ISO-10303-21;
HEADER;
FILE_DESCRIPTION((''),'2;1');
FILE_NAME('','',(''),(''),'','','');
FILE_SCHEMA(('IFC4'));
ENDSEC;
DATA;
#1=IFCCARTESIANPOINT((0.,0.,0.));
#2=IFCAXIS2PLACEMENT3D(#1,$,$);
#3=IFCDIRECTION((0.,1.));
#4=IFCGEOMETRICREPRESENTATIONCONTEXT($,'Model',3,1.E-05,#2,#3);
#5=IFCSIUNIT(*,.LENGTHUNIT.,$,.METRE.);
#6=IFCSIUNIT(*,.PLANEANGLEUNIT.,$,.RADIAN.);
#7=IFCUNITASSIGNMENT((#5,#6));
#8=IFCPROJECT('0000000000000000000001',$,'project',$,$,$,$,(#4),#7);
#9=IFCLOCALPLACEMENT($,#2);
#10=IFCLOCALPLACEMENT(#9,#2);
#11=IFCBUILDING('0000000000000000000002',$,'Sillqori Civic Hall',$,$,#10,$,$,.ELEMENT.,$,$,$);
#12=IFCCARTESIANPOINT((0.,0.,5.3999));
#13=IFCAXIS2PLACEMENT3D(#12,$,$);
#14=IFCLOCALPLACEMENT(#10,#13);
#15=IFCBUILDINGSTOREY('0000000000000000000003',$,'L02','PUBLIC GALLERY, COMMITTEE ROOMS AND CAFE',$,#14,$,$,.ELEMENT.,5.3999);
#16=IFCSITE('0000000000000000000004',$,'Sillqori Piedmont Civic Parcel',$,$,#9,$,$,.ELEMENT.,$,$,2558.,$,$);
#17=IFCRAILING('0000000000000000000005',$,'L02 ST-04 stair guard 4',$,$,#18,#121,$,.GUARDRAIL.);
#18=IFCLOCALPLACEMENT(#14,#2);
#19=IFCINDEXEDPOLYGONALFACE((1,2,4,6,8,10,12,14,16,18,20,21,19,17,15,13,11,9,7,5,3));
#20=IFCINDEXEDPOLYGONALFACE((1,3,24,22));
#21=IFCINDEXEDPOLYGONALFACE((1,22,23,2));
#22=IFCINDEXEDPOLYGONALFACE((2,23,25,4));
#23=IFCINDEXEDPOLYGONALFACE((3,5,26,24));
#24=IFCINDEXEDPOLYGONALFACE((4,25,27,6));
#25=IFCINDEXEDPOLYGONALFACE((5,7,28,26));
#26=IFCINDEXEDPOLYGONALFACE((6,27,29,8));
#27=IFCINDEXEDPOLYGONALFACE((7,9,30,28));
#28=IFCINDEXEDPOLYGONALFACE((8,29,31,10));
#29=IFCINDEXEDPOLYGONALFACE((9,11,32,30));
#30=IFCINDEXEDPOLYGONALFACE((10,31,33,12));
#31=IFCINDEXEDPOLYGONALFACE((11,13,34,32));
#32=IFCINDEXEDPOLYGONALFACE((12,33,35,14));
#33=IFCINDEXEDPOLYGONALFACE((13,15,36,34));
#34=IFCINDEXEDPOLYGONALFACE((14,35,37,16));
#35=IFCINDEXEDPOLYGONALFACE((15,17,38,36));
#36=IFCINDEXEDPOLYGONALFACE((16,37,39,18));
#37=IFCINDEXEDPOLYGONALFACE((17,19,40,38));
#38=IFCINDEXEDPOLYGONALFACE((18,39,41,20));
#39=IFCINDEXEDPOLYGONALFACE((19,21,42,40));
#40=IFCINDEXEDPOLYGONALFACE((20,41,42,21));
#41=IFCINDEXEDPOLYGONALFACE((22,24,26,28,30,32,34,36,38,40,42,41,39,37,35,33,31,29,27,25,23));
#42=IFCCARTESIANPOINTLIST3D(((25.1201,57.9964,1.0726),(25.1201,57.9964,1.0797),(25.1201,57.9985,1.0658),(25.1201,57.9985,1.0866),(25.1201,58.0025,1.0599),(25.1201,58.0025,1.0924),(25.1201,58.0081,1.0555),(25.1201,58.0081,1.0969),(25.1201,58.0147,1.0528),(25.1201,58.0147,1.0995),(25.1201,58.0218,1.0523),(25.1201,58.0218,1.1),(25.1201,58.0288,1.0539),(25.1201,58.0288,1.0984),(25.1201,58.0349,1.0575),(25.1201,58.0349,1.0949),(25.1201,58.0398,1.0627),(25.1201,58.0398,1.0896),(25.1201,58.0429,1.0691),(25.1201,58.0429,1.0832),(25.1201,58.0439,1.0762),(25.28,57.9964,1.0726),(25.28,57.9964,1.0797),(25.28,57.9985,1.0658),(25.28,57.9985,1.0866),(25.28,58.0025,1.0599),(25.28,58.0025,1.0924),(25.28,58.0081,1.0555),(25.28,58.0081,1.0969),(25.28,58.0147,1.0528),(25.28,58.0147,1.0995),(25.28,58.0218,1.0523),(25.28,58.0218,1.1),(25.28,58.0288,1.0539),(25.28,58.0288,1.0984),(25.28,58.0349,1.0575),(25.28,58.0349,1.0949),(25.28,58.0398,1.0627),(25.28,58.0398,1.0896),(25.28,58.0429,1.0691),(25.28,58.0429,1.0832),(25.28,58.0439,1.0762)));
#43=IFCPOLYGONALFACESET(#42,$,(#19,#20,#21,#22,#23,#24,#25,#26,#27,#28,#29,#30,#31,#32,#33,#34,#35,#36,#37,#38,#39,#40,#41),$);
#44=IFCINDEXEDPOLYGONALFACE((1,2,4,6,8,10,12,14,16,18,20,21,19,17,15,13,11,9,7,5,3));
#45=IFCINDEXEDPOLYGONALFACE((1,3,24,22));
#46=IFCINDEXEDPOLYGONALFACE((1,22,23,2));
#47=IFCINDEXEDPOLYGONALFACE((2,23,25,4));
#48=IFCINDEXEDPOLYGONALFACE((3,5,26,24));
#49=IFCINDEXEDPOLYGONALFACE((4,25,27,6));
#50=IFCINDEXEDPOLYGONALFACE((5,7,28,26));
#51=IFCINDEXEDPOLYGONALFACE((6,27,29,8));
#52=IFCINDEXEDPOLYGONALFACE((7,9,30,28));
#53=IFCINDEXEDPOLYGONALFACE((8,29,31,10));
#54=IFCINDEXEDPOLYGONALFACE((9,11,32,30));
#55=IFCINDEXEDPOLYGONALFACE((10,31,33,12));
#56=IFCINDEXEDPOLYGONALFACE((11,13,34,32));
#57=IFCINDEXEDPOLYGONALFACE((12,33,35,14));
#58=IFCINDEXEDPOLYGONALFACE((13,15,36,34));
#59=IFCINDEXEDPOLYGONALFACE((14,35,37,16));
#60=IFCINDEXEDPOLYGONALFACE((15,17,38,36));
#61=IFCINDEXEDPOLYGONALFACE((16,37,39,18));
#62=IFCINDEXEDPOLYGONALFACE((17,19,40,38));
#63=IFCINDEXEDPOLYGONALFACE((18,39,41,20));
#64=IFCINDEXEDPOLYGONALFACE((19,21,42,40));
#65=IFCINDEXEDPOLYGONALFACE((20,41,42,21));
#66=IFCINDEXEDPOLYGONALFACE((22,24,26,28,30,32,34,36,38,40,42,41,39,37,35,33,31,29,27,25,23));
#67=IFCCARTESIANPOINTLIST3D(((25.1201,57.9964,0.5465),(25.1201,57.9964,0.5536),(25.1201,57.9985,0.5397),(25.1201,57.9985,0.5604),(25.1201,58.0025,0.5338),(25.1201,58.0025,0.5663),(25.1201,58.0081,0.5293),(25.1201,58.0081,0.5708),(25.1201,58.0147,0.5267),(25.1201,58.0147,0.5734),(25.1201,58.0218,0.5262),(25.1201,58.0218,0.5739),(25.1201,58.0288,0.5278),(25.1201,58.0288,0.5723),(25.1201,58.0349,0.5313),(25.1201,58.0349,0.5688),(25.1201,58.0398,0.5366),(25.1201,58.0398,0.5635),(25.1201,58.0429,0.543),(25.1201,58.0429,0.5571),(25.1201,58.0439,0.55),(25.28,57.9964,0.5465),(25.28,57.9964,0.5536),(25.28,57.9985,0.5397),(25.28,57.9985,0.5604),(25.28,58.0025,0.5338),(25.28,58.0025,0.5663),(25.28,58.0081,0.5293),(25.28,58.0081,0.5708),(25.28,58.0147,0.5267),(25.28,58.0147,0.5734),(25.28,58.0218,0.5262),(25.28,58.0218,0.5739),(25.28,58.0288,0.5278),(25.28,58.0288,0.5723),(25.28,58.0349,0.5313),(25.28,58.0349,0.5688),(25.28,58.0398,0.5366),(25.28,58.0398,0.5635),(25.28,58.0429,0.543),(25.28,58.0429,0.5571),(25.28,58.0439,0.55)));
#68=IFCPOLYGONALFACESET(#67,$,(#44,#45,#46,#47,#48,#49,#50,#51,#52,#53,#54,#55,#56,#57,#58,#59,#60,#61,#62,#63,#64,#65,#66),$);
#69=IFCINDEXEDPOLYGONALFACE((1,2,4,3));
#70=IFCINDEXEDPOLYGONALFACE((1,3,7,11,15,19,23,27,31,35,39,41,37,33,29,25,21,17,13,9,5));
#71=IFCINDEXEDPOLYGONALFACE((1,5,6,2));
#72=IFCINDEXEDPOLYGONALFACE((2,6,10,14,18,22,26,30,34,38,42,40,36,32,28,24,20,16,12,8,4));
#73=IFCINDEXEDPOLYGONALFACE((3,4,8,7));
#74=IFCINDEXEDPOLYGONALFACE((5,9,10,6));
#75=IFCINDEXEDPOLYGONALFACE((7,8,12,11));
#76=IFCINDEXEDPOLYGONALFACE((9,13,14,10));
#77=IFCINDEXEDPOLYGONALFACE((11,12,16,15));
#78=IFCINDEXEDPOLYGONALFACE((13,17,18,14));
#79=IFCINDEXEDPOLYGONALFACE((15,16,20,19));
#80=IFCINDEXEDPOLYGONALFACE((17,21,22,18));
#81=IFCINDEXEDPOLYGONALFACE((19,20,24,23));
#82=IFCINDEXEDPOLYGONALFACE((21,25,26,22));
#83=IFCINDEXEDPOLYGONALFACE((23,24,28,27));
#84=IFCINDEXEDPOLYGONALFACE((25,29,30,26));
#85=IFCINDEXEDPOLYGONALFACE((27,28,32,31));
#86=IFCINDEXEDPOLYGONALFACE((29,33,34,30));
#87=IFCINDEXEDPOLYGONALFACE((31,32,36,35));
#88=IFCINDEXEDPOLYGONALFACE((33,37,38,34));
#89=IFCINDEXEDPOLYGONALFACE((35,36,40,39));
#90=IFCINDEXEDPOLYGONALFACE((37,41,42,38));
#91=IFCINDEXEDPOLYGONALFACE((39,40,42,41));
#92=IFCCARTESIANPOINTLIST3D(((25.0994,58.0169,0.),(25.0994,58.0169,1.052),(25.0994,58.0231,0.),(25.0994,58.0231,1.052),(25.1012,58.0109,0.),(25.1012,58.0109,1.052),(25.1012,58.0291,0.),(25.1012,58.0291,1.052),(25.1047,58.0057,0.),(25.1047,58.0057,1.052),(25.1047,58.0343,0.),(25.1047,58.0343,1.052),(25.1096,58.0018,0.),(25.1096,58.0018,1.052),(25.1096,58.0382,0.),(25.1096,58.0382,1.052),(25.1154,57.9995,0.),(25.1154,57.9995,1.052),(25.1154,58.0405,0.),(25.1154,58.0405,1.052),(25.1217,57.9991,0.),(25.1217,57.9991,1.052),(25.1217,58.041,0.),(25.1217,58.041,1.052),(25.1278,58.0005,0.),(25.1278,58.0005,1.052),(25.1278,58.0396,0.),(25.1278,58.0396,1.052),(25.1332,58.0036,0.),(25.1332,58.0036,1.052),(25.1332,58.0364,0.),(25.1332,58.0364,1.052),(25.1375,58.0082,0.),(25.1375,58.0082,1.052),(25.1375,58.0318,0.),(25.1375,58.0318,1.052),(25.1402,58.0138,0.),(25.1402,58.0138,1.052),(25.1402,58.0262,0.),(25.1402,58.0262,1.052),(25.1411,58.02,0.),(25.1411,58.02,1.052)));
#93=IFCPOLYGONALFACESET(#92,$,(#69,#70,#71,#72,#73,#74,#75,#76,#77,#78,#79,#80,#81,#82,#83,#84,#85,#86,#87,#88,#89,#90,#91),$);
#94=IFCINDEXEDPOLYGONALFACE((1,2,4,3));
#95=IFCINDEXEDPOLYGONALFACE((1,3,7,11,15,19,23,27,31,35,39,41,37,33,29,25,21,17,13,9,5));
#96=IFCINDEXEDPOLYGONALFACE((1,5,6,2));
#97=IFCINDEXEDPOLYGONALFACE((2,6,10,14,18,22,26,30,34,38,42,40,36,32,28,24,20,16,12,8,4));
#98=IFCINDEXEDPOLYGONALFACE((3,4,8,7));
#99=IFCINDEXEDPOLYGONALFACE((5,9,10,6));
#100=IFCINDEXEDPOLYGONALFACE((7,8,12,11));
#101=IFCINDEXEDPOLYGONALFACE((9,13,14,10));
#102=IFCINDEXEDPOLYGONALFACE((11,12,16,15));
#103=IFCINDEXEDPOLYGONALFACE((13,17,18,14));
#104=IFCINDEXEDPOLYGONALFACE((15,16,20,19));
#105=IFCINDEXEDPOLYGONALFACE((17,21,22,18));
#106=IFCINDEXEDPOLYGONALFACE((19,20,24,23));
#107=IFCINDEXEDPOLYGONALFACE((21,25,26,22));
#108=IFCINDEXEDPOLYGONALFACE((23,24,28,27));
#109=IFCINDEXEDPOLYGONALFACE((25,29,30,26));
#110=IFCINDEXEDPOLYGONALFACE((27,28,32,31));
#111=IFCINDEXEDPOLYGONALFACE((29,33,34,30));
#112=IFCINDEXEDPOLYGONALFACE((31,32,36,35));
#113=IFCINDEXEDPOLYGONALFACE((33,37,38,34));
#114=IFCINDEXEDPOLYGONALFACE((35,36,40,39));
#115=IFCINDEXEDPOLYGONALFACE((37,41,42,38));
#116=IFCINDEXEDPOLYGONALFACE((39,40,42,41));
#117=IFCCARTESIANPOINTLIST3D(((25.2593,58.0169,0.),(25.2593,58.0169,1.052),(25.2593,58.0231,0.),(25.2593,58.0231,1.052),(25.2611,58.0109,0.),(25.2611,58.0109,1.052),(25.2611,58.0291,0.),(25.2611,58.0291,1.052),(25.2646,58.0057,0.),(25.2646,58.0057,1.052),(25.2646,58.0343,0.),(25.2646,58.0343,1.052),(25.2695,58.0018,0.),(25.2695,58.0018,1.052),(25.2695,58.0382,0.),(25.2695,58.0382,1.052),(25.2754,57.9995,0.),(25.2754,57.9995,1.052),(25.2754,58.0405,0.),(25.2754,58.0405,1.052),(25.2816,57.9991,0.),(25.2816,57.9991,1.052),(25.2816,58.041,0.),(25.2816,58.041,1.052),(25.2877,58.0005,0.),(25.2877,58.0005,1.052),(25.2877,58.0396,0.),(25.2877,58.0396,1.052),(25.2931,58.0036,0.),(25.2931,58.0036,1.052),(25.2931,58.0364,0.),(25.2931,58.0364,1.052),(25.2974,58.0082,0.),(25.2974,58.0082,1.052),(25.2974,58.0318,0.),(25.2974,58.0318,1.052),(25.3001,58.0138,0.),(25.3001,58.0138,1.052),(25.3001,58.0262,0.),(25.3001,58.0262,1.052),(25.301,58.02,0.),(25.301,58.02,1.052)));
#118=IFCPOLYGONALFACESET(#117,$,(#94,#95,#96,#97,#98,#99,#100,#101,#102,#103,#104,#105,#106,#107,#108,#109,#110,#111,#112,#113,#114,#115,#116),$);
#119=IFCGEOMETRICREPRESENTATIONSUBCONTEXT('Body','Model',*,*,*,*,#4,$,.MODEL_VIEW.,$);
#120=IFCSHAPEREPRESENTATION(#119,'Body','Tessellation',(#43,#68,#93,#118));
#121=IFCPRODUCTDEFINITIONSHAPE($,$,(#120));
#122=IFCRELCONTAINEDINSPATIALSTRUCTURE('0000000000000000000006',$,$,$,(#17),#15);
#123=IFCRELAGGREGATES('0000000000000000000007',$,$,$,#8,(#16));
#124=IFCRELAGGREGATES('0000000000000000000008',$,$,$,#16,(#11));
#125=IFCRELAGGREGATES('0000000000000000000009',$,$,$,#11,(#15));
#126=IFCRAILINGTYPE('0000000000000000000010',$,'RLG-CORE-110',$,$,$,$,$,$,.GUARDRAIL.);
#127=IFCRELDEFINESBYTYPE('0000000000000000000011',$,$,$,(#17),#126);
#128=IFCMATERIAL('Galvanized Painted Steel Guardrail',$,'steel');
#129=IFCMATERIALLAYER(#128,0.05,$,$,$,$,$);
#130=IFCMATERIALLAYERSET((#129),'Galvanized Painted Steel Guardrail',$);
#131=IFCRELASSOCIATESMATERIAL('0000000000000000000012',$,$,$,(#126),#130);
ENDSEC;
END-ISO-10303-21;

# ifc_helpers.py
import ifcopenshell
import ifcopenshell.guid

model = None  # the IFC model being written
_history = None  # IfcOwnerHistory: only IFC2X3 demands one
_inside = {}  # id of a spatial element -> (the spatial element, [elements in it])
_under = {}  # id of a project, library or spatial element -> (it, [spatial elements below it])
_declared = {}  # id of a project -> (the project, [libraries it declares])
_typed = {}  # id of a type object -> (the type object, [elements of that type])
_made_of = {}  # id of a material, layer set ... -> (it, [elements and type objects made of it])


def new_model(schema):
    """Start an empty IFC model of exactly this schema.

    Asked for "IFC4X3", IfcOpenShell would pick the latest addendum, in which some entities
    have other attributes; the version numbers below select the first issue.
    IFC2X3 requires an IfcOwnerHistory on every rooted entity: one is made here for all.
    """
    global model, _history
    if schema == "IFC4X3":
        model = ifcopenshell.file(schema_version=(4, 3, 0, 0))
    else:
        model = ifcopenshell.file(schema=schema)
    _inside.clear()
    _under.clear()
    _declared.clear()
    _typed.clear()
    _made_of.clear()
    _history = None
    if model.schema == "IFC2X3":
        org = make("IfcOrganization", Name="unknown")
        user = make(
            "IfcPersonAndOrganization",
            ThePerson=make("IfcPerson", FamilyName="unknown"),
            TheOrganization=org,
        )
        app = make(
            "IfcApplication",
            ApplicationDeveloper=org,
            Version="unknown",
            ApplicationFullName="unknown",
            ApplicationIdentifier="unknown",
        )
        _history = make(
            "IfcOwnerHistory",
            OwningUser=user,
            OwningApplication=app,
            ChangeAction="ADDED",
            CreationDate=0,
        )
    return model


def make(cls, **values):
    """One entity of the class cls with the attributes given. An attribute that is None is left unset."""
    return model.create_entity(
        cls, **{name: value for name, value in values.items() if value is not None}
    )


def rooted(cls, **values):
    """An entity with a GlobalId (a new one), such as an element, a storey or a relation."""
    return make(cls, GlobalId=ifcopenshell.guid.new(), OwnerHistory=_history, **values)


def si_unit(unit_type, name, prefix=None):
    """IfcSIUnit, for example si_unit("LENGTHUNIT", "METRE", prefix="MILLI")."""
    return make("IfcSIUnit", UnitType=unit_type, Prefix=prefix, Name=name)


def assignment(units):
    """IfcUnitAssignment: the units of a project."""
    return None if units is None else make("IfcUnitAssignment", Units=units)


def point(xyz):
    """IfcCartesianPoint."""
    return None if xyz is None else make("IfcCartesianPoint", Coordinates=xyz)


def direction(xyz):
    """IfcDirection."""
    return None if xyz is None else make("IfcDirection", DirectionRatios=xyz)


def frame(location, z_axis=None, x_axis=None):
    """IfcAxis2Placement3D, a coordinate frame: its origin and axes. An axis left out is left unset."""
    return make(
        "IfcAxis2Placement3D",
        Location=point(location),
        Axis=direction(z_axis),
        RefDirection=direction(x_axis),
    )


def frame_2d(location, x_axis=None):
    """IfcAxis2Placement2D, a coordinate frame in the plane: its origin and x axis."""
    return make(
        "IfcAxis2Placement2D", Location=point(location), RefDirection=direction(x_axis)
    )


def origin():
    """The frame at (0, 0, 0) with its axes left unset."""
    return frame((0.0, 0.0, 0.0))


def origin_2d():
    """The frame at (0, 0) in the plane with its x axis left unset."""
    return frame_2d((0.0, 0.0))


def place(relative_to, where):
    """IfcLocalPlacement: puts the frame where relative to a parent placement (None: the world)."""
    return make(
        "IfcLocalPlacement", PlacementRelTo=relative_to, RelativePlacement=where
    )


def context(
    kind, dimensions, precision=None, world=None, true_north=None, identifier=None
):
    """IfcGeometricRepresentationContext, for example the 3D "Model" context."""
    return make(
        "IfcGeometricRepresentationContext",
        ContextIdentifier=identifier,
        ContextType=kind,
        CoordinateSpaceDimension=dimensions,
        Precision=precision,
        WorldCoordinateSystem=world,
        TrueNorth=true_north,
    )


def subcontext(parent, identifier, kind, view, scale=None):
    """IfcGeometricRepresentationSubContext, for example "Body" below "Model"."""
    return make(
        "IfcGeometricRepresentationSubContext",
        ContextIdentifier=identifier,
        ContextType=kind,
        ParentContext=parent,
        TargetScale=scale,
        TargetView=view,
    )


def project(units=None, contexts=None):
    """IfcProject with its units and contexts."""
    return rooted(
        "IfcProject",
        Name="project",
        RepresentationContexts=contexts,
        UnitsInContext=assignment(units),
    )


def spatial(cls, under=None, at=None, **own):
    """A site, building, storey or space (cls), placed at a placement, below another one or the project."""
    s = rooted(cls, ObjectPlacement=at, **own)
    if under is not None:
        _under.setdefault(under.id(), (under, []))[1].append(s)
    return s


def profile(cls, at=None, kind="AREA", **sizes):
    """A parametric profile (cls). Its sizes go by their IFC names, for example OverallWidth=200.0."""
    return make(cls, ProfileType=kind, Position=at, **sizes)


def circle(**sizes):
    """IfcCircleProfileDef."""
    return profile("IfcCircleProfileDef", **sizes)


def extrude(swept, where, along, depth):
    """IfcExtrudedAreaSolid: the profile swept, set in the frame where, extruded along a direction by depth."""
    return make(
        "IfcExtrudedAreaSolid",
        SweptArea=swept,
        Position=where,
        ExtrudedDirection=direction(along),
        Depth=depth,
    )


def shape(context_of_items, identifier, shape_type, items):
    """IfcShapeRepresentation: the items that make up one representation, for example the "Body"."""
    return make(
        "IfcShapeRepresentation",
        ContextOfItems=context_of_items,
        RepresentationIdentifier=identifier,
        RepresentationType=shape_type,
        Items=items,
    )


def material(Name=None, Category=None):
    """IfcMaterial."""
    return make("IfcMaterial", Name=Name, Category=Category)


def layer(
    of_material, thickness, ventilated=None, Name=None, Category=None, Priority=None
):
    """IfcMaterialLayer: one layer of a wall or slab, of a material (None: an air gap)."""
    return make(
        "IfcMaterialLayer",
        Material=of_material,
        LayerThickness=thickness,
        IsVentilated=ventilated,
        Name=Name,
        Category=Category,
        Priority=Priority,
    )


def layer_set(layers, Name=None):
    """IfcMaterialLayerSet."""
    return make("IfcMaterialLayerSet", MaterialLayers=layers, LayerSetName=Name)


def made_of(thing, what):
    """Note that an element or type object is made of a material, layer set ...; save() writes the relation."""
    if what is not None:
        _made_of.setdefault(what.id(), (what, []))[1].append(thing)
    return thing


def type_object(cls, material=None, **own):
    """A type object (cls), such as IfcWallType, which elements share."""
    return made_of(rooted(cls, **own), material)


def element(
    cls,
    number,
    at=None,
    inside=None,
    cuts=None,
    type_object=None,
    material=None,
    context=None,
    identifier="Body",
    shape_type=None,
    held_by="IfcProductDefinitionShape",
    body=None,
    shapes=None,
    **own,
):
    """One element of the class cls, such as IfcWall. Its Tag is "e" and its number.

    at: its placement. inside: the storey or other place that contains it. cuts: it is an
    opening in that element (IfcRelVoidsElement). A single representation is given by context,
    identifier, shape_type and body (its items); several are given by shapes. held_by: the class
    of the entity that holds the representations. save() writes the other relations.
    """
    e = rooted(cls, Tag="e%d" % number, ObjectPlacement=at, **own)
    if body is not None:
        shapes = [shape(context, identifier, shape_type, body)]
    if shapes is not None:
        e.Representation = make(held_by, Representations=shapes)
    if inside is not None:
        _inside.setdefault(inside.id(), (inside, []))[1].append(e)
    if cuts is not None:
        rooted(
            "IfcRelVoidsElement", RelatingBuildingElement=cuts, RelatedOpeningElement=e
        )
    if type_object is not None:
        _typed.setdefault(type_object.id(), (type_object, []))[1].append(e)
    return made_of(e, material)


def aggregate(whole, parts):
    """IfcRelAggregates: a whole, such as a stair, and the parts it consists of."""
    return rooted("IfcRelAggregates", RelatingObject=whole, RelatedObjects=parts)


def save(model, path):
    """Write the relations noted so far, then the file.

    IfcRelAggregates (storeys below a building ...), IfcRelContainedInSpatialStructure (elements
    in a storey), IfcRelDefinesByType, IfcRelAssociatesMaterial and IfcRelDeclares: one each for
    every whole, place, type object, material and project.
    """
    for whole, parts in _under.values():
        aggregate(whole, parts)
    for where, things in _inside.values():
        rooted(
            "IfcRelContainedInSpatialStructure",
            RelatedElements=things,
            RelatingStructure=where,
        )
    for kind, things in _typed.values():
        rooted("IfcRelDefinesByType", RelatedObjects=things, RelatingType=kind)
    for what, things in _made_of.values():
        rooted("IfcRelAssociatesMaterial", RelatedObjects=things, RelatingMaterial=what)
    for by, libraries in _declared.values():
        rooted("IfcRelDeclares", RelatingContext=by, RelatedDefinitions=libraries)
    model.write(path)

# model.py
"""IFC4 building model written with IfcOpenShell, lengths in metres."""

from ifc_helpers import new_model, si_unit, direction, frame, origin, origin_2d, place, context, subcontext, project, spatial, circle, extrude, material, layer, layer_set, type_object, element, save


model = new_model("IFC4")

# Units and contexts
model_context = context("Model", 3, precision=1e-05, world=origin(), true_north=direction((0.0, 1.0)))
body_context = subcontext(model_context, "Body", "Model", "MODEL_VIEW")
ifc_project = project(units=[si_unit("LENGTHUNIT", "METRE"), si_unit("PLANEANGLEUNIT", "RADIAN")], contexts=[model_context])

# Site, building, storey
site_placement = place(None, origin())
site = spatial("IfcSite", under=ifc_project, at=site_placement, Name="Sillqori Piedmont Civic Parcel", CompositionType="ELEMENT", RefElevation=2558.0)
building_placement = place(site_placement, origin())
building = spatial("IfcBuilding", under=site, at=building_placement, Name="Sillqori Civic Hall", CompositionType="ELEMENT")
storey_placement = place(building_placement, frame((0.0, 0.0, 5.3999)))
storey = spatial("IfcBuildingStorey", under=building, at=storey_placement, Name="L02", Description="PUBLIC GALLERY, COMMITTEE ROOMS AND CAFE", CompositionType="ELEMENT", Elevation=5.3999)

# Railing
ifc_material_1 = material(Name="Galvanized Painted Steel Guardrail", Category="steel")
ifc_layer_1 = layer(ifc_material_1, 0.05)
ifc_layer_set_1 = layer_set([ifc_layer_1], Name="Galvanized Painted Steel Guardrail")
railing_type_1 = type_object("IfcRailingType", Name="RLG-CORE-110", PredefinedType="GUARDRAIL", material=ifc_layer_set_1)
railing_1_placement = place(storey_placement, frame((25.1201, 58.02, 0.0)))
element("IfcRailing", 1, at=railing_1_placement, inside=storey, type_object=railing_type_1, Name="L02 ST-04 stair guard 4", PredefinedType="GUARDRAIL", context=body_context, shape_type="SweptSolid", body=[
    extrude(circle(Radius=0.0239, at=origin_2d()), frame((0.0, 0.0, 1.0762), z_axis=(1.0, 0.0, 0.0), x_axis=(0.0, 1.0, 0.0)), (0.0, 0.0, 1.0), 0.1599),
    extrude(circle(Radius=0.0239, at=origin_2d()), frame((0.0, 0.0, 0.55), z_axis=(1.0, 0.0, 0.0), x_axis=(0.0, 1.0, 0.0)), (0.0, 0.0, 1.0), 0.1599),
    extrude(circle(Radius=0.021, at=origin_2d()), origin(), (0.0, 0.0, 1.0), 1.052),
    extrude(circle(Radius=0.021, at=origin_2d()), frame((0.1599, 0.0, 0.0)), (0.0, 0.0, 1.0), 1.052),
])

save(model, "model.ifc")
